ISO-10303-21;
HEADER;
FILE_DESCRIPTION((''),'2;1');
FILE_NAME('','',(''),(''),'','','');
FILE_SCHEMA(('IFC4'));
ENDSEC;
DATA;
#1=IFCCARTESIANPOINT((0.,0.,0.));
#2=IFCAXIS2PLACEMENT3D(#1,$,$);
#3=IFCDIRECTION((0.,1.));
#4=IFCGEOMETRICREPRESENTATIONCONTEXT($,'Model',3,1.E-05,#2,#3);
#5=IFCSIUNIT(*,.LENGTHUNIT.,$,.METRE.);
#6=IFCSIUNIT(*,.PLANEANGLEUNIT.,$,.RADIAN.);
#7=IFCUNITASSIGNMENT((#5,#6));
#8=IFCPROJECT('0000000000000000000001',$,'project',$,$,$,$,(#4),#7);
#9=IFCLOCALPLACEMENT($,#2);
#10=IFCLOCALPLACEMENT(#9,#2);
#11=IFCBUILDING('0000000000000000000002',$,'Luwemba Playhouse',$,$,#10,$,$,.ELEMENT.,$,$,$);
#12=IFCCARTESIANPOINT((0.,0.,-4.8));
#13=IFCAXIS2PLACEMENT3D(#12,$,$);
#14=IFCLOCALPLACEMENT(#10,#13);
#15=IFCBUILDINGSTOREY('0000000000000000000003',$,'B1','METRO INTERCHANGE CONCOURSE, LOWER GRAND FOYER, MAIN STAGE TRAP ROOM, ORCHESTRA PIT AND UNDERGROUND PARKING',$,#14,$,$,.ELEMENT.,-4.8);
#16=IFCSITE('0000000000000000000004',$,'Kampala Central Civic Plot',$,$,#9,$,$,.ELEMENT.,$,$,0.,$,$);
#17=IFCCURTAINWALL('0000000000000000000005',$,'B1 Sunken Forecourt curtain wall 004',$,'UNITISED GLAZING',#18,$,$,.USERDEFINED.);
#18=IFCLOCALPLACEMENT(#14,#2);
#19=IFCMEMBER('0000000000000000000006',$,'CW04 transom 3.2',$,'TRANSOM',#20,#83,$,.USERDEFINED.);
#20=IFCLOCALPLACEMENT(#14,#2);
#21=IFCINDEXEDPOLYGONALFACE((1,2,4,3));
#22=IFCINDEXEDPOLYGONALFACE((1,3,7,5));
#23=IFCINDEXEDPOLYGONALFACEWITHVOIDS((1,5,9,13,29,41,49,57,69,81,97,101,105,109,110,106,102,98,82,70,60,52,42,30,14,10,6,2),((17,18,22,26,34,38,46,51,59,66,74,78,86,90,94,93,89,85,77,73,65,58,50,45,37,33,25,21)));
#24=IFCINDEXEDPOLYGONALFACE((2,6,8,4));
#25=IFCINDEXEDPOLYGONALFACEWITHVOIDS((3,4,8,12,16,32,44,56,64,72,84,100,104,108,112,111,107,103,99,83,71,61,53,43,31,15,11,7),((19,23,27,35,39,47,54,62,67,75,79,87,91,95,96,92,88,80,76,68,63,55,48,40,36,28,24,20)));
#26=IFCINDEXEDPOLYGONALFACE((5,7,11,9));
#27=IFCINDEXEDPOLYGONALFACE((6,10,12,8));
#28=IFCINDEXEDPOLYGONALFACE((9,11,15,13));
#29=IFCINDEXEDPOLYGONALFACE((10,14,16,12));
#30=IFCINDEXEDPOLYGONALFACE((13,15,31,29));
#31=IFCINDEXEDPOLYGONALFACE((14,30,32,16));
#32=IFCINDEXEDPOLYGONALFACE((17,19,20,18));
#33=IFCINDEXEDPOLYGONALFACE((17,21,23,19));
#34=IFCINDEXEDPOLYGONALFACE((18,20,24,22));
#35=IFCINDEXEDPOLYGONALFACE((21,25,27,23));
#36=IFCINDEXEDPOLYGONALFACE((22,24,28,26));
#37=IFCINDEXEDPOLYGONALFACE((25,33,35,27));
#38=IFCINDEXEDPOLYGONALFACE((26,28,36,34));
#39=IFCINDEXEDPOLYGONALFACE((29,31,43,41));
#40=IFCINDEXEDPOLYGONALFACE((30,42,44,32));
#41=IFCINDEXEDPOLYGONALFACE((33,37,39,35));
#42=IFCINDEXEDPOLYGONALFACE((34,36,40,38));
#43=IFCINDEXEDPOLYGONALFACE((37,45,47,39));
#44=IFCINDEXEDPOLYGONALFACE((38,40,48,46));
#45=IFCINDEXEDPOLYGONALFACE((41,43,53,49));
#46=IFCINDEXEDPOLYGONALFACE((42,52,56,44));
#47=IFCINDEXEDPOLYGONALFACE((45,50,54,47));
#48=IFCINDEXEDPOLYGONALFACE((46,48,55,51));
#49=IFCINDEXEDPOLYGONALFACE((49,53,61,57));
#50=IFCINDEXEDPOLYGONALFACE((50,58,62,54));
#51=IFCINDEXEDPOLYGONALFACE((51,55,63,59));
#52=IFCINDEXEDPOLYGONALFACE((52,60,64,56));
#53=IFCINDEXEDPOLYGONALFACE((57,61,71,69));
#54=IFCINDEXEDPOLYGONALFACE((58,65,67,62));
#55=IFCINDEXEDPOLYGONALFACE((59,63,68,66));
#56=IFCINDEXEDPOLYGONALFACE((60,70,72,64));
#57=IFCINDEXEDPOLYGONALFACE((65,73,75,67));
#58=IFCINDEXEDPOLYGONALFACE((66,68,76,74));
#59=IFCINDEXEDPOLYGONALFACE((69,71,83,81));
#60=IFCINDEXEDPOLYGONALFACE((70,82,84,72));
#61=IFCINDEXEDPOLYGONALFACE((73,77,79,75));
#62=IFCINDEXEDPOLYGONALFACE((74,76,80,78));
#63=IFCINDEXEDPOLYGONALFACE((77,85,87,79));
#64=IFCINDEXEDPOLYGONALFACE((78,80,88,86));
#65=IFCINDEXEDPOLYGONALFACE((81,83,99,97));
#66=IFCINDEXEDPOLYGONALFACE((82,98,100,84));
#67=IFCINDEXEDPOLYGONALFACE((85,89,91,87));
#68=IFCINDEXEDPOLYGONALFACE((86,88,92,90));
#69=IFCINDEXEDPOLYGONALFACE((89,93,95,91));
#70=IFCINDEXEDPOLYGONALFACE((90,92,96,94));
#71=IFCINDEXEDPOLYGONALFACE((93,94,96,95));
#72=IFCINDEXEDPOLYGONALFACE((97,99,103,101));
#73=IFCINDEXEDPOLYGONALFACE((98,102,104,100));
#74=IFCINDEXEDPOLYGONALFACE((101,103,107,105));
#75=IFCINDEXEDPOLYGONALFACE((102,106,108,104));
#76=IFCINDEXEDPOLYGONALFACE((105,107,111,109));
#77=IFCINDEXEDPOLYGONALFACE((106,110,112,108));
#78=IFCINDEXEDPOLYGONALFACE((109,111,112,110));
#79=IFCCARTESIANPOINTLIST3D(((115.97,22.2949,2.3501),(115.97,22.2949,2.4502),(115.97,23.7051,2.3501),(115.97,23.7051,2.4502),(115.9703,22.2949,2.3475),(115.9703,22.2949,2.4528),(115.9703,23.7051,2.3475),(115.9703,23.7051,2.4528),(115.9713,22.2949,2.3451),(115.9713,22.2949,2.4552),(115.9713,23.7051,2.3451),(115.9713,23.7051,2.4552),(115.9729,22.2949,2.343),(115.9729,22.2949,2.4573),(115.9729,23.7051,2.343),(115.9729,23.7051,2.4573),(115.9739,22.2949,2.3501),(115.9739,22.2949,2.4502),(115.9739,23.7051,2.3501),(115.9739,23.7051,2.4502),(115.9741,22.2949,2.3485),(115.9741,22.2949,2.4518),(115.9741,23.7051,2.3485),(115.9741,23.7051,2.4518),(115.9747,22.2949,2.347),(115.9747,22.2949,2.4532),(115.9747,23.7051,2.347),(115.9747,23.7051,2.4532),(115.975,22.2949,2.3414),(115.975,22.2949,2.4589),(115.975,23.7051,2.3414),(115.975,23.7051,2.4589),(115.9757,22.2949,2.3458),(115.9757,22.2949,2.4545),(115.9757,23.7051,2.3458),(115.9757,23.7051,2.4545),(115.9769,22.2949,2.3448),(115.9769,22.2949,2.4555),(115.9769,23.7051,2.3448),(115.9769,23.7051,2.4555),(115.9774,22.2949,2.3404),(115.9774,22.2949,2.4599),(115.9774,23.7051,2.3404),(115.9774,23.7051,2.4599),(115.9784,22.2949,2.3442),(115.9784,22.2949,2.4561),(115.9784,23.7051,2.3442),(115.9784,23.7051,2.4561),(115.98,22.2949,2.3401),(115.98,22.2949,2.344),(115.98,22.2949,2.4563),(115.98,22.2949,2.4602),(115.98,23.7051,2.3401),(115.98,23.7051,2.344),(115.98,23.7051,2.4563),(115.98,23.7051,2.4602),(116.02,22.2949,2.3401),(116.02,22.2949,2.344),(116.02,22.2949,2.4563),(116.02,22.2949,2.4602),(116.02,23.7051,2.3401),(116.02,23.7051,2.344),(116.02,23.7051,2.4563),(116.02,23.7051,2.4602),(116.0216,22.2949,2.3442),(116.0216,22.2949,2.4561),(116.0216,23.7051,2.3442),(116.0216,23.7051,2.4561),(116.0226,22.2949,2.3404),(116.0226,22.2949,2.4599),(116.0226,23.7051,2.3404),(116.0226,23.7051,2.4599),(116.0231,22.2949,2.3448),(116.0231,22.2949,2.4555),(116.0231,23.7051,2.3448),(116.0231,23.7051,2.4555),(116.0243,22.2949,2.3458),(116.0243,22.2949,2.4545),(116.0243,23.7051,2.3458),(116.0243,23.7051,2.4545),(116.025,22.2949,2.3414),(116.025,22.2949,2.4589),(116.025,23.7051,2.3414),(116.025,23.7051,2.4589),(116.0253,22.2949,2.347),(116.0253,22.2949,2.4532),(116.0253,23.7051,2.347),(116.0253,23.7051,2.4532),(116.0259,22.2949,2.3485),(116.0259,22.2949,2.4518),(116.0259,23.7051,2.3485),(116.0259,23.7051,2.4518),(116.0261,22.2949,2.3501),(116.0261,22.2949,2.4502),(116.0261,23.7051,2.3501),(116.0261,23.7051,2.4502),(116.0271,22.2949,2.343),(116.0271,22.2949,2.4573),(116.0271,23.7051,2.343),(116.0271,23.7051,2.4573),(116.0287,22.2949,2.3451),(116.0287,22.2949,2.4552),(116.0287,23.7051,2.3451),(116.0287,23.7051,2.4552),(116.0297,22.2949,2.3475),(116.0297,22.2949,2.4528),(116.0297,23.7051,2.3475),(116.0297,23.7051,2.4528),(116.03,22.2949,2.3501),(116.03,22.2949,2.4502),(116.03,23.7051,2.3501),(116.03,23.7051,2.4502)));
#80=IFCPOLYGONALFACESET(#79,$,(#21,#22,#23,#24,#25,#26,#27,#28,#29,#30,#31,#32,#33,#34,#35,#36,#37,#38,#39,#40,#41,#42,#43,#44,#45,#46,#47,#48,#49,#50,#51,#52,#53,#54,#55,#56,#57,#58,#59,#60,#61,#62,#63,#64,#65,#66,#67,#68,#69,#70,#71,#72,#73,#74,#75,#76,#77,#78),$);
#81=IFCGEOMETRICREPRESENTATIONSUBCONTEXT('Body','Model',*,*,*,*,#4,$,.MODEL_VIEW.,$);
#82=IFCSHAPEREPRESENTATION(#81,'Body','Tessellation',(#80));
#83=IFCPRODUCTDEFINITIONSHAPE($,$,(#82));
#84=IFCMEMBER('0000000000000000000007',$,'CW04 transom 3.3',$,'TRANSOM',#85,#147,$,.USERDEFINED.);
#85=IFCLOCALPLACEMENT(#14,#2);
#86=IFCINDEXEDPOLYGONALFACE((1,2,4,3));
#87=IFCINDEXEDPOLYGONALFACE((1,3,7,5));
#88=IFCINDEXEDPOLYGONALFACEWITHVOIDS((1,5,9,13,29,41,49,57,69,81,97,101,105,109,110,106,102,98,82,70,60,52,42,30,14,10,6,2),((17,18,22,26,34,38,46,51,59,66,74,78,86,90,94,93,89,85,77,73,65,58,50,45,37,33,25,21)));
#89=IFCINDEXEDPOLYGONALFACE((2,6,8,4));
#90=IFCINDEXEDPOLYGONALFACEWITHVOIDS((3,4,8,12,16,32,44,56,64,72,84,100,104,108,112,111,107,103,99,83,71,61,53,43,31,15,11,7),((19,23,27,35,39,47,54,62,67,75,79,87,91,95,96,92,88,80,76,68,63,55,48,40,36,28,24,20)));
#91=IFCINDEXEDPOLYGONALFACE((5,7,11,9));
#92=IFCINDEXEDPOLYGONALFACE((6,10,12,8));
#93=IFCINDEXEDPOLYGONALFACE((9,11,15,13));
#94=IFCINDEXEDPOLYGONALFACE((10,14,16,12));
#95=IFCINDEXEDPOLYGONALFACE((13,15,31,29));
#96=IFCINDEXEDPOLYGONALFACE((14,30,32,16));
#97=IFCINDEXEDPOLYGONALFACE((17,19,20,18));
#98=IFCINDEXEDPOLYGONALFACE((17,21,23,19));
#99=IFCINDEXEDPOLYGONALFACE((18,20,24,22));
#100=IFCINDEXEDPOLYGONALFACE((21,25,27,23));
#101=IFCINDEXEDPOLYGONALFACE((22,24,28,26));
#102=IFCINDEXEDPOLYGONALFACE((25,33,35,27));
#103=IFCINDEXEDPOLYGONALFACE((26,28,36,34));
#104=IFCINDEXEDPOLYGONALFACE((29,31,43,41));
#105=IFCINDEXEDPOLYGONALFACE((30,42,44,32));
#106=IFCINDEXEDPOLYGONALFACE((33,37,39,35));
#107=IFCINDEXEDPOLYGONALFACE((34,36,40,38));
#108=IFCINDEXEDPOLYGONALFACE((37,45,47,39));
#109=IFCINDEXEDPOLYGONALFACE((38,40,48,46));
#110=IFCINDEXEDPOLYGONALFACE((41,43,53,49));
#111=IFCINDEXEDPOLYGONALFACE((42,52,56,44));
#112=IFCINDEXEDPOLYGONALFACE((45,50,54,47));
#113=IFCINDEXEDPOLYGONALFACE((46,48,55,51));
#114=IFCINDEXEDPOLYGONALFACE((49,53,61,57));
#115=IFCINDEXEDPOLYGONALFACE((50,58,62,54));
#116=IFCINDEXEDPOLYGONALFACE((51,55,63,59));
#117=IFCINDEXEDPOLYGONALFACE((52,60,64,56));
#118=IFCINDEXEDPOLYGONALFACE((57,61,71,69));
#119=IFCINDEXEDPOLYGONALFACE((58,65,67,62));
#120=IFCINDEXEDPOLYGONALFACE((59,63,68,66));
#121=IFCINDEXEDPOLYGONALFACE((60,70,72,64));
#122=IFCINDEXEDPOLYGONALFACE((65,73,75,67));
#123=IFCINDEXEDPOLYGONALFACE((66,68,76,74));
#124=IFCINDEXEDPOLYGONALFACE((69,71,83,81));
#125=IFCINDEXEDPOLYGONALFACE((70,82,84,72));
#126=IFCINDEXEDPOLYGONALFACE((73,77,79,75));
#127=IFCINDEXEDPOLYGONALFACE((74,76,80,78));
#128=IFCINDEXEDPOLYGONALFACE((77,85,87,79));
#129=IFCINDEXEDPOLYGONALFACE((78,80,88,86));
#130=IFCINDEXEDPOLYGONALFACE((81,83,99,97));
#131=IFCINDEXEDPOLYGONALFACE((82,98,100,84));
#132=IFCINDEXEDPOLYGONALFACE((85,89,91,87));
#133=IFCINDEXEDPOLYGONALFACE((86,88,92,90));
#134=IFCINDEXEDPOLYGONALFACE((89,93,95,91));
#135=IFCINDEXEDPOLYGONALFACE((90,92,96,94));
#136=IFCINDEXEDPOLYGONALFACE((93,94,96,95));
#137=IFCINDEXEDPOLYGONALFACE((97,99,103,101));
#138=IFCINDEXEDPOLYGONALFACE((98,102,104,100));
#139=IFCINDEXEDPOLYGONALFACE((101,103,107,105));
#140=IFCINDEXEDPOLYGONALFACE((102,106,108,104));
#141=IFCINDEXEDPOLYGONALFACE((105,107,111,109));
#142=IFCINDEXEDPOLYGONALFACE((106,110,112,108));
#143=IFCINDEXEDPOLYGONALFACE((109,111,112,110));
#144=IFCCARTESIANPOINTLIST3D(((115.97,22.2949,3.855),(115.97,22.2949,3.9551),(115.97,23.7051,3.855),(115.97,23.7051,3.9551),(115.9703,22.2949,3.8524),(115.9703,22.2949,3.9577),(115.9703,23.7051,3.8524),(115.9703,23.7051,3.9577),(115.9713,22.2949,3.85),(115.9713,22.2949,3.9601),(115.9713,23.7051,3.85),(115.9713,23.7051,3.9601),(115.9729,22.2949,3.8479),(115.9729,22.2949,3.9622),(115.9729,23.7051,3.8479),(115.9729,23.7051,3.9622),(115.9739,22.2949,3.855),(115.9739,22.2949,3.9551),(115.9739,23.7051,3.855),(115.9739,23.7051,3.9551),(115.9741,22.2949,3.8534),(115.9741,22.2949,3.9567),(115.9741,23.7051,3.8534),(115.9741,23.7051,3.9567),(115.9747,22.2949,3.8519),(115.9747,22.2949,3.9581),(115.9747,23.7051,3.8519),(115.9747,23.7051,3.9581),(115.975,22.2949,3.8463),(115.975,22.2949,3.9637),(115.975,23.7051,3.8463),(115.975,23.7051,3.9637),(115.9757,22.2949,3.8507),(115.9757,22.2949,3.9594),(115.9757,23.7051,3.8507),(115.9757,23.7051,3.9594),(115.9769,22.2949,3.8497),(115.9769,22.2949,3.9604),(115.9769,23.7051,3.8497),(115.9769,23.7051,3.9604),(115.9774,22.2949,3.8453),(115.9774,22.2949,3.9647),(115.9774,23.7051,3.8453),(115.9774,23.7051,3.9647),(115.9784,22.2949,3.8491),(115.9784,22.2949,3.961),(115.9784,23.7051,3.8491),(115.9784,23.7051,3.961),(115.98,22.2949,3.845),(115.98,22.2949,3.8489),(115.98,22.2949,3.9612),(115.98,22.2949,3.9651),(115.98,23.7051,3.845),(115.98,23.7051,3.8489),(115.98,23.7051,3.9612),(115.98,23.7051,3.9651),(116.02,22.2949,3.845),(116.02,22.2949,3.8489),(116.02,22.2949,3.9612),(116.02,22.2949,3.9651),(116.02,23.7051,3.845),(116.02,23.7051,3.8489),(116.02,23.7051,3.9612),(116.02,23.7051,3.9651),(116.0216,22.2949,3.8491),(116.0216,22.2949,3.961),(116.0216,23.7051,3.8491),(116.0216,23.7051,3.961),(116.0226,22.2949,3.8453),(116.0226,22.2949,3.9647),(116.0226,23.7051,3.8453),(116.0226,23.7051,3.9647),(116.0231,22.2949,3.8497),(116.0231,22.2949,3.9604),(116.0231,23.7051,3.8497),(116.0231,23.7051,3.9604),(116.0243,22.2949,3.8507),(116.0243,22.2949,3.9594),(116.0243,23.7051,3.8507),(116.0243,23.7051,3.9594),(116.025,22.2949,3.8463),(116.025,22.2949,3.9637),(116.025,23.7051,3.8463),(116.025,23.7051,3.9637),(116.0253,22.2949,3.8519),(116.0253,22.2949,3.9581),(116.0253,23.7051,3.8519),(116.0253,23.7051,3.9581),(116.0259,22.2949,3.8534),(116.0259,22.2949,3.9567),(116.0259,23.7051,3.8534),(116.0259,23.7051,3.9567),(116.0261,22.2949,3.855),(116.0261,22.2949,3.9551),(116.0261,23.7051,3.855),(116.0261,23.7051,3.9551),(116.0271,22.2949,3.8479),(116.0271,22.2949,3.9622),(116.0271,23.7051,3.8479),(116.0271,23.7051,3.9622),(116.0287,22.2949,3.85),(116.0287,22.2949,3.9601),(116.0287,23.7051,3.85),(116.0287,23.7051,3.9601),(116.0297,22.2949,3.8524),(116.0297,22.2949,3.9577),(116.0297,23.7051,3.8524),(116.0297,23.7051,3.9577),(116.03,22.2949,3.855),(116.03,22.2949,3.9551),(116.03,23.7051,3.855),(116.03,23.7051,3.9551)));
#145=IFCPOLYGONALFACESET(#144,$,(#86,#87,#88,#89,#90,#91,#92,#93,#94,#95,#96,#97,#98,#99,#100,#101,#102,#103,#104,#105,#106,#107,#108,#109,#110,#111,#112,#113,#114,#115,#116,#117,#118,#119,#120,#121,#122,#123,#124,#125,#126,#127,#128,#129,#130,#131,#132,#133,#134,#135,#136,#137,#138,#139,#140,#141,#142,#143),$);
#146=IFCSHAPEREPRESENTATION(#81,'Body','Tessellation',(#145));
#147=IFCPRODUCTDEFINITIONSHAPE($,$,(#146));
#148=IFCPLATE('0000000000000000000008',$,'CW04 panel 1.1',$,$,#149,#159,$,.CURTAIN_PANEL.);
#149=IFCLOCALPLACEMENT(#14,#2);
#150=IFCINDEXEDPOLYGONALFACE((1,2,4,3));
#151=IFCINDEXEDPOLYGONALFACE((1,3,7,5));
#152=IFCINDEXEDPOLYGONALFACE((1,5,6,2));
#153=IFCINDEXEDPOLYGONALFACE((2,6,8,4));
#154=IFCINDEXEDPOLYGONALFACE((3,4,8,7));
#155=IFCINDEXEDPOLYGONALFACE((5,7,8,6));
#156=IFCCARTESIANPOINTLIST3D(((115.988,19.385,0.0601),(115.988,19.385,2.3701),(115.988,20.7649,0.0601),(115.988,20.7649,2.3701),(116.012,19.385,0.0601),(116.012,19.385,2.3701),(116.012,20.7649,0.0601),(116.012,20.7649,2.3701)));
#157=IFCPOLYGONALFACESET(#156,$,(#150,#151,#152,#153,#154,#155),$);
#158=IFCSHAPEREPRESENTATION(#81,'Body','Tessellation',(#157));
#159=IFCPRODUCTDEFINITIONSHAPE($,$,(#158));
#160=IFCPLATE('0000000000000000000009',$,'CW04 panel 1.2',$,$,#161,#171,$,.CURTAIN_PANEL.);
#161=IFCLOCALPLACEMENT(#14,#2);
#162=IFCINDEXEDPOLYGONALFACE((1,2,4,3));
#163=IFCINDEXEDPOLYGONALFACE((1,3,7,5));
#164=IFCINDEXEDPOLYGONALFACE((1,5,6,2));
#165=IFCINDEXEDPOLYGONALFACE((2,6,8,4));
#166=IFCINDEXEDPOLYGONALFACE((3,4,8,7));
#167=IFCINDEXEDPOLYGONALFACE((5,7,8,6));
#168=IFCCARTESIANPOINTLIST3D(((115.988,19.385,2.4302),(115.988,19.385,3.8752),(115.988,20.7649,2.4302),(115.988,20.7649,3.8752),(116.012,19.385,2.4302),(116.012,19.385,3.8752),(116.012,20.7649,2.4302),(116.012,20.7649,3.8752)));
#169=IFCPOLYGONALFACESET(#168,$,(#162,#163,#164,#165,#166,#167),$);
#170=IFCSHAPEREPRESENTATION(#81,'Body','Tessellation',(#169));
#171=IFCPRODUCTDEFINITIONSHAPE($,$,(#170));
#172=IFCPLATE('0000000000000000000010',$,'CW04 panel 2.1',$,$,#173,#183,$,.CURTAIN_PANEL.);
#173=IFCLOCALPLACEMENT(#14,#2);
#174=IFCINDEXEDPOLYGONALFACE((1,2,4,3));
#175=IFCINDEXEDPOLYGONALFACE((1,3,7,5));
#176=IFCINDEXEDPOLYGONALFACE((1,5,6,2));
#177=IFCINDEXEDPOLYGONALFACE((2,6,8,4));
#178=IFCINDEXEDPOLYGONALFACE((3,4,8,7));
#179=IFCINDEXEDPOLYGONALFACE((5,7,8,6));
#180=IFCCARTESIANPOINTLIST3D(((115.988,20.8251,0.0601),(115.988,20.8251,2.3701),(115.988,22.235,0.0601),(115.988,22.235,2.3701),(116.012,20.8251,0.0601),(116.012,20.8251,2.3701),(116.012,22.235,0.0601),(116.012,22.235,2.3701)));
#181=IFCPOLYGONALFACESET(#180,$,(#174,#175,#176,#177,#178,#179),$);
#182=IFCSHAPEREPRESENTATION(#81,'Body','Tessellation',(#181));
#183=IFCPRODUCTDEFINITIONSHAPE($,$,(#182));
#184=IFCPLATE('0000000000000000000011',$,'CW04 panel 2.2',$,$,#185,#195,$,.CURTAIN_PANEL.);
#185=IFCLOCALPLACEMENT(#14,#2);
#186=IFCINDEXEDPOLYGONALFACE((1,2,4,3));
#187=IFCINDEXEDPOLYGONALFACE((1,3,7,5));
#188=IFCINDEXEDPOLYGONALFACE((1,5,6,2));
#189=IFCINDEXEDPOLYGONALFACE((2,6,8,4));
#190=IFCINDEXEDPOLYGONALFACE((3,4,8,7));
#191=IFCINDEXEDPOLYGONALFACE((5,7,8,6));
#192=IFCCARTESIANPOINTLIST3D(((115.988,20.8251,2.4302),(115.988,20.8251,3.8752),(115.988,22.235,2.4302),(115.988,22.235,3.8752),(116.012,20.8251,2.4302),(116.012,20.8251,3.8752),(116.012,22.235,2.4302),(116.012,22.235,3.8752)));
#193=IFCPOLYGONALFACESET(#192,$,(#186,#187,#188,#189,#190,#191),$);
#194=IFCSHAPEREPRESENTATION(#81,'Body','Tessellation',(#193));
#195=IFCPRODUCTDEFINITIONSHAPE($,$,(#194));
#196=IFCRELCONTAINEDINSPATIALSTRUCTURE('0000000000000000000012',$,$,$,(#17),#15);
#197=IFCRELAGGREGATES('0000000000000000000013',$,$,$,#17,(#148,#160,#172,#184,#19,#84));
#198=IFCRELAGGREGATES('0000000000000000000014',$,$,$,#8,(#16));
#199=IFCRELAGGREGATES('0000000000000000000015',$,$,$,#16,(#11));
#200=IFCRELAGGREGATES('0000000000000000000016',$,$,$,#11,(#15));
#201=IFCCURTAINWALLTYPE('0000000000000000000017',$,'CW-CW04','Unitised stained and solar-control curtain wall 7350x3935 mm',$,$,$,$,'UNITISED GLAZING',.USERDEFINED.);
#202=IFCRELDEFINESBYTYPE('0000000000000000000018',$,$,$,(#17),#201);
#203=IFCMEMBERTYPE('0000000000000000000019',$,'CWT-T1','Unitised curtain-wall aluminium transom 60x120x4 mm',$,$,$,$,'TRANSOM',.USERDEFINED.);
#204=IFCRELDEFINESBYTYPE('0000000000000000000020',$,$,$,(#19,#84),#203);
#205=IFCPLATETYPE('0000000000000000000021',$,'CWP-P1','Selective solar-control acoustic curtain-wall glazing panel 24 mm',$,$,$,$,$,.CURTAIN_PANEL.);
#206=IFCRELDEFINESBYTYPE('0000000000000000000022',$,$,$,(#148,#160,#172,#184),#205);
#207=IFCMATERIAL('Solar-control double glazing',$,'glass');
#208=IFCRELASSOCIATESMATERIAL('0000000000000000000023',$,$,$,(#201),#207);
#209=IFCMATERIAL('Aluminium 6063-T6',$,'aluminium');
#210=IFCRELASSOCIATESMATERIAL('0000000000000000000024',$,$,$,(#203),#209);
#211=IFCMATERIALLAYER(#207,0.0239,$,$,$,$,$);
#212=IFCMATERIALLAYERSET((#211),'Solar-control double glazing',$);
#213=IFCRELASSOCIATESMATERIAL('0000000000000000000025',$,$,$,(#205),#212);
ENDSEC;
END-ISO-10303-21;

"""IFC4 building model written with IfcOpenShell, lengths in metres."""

from ifc_helpers import new_model, si_unit, direction, frame, origin, origin_2d, place, context, subcontext, project, spatial, rectangle, hollow_rectangle, extrude, material, layer, layer_set, material_profile, profile_set, type_object, element, aggregate, save


model = new_model("IFC4")

# Units and contexts
model_context = context("Model", 3, precision=1e-05, world=origin(), true_north=direction((0.0, 1.0)))
body_context = subcontext(model_context, "Body", "Model", "MODEL_VIEW")
ifc_project = project(units=[si_unit("LENGTHUNIT", "METRE"), si_unit("PLANEANGLEUNIT", "RADIAN")], contexts=[model_context])

# Site, building, storey
site_placement = place(None, origin())
site = spatial("IfcSite", under=ifc_project, at=site_placement, Name="Kampala Central Civic Plot", CompositionType="ELEMENT", RefElevation=0.0)
building_placement = place(site_placement, origin())
building = spatial("IfcBuilding", under=site, at=building_placement, Name="Luwemba Playhouse", CompositionType="ELEMENT")
storey_placement = place(building_placement, frame((0.0, 0.0, -4.8)))
storey = spatial("IfcBuildingStorey", under=building, at=storey_placement, Name="B1", Description="METRO INTERCHANGE CONCOURSE, LOWER GRAND FOYER, MAIN STAGE TRAP ROOM, ORCHESTRA PIT AND UNDERGROUND PARKING", CompositionType="ELEMENT", Elevation=-4.8)

# Curtain wall, members, plates
ifc_material_1 = material(Name="Solar-control double glazing", Category="glass")
curtain_wall_type = type_object("IfcCurtainWallType", Name="CW-CW04", Description="Unitised stained and solar-control curtain wall 7350x3935 mm", ElementType="UNITISED GLAZING", PredefinedType="USERDEFINED", material=ifc_material_1)
curtain_wall_placement = place(storey_placement, origin())
curtain_wall = element("IfcCurtainWall", 1, at=curtain_wall_placement, inside=storey, type_object=curtain_wall_type, Name="B1 Sunken Forecourt curtain wall 004", ObjectType="UNITISED GLAZING", PredefinedType="USERDEFINED")
ifc_material_2 = material(Name="Aluminium 6063-T6", Category="aluminium")
ifc_material_profile_1 = material_profile(ifc_material_2, hollow_rectangle(XDim=0.0601, YDim=0.1201, WallThickness=0.0039, InnerFilletRadius=0.0061, OuterFilletRadius=0.01, at=origin_2d()))
ifc_profile_set_1 = profile_set([ifc_material_profile_1], Name="Aluminium 6063-T6")
member_type_1 = type_object("IfcMemberType", Name="CWT-T1", Description="Unitised curtain-wall aluminium transom 60x120x4 mm", ElementType="TRANSOM", PredefinedType="USERDEFINED", material=ifc_profile_set_1)
member_1_placement = place(storey_placement, frame((116.0, 22.2949, 2.4001), z_axis=(0.0, 1.0, 0.0), x_axis=(-1.0, 0.0, 0.0)))
member_1 = element("IfcMember", 2, at=member_1_placement, type_object=member_type_1, Name="CW04 transom 3.2", ObjectType="TRANSOM", PredefinedType="USERDEFINED", context=body_context, shape_type="SweptSolid", body=[
    extrude(hollow_rectangle(XDim=0.0601, YDim=0.1201, WallThickness=0.0039, InnerFilletRadius=0.0061, OuterFilletRadius=0.01, at=origin_2d()), origin(), (0.0, 0.0, 1.0), 1.4102),
])
member_2_placement = place(storey_placement, frame((116.0, 22.2949, 3.905), z_axis=(0.0, 1.0, 0.0), x_axis=(-1.0, 0.0, 0.0)))
member_2 = element("IfcMember", 3, at=member_2_placement, type_object=member_type_1, Name="CW04 transom 3.3", ObjectType="TRANSOM", PredefinedType="USERDEFINED", context=body_context, shape_type="SweptSolid", body=[
    extrude(hollow_rectangle(XDim=0.0601, YDim=0.1201, WallThickness=0.0039, InnerFilletRadius=0.0061, OuterFilletRadius=0.01, at=origin_2d()), origin(), (0.0, 0.0, 1.0), 1.4102),
])
ifc_layer = layer(ifc_material_1, 0.0239)
ifc_layer_set = layer_set([ifc_layer], Name="Solar-control double glazing")
plate_type = type_object("IfcPlateType", Name="CWP-P1", Description="Selective solar-control acoustic curtain-wall glazing panel 24 mm", PredefinedType="CURTAIN_PANEL", material=ifc_layer_set)
plate_1_placement = place(storey_placement, frame((116.0, 20.075, 0.0601), z_axis=(0.0, 0.0, 1.0), x_axis=(0.0, 1.0, 0.0)))
plate_1 = element("IfcPlate", 4, at=plate_1_placement, type_object=plate_type, Name="CW04 panel 1.1", PredefinedType="CURTAIN_PANEL", context=body_context, shape_type="SweptSolid", body=[
    extrude(rectangle(XDim=1.3799, YDim=0.0239, at=origin_2d()), origin(), (0.0, 0.0, 1.0), 2.3101),
])
plate_2_placement = place(storey_placement, frame((116.0, 20.075, 2.4302), z_axis=(0.0, 0.0, 1.0), x_axis=(0.0, 1.0, 0.0)))
plate_2 = element("IfcPlate", 5, at=plate_2_placement, type_object=plate_type, Name="CW04 panel 1.2", PredefinedType="CURTAIN_PANEL", context=body_context, shape_type="SweptSolid", body=[
    extrude(rectangle(XDim=1.3799, YDim=0.0239, at=origin_2d()), origin(), (0.0, 0.0, 1.0), 1.4451),
])
plate_3_placement = place(storey_placement, frame((116.0, 21.53, 0.0601), z_axis=(0.0, 0.0, 1.0), x_axis=(0.0, 1.0, 0.0)))
plate_3 = element("IfcPlate", 6, at=plate_3_placement, type_object=plate_type, Name="CW04 panel 2.1", PredefinedType="CURTAIN_PANEL", context=body_context, shape_type="SweptSolid", body=[
    extrude(rectangle(XDim=1.4099, YDim=0.0239, at=origin_2d()), origin(), (0.0, 0.0, 1.0), 2.3101),
])
plate_4_placement = place(storey_placement, frame((116.0, 21.53, 2.4302), z_axis=(0.0, 0.0, 1.0), x_axis=(0.0, 1.0, 0.0)))
plate_4 = element("IfcPlate", 7, at=plate_4_placement, type_object=plate_type, Name="CW04 panel 2.2", PredefinedType="CURTAIN_PANEL", context=body_context, shape_type="SweptSolid", body=[
    extrude(rectangle(XDim=1.4099, YDim=0.0239, at=origin_2d()), origin(), (0.0, 0.0, 1.0), 1.4451),
])
aggregate(curtain_wall, [plate_1, plate_2, plate_3, plate_4, member_1, member_2])

save(model, "model.ifc")
